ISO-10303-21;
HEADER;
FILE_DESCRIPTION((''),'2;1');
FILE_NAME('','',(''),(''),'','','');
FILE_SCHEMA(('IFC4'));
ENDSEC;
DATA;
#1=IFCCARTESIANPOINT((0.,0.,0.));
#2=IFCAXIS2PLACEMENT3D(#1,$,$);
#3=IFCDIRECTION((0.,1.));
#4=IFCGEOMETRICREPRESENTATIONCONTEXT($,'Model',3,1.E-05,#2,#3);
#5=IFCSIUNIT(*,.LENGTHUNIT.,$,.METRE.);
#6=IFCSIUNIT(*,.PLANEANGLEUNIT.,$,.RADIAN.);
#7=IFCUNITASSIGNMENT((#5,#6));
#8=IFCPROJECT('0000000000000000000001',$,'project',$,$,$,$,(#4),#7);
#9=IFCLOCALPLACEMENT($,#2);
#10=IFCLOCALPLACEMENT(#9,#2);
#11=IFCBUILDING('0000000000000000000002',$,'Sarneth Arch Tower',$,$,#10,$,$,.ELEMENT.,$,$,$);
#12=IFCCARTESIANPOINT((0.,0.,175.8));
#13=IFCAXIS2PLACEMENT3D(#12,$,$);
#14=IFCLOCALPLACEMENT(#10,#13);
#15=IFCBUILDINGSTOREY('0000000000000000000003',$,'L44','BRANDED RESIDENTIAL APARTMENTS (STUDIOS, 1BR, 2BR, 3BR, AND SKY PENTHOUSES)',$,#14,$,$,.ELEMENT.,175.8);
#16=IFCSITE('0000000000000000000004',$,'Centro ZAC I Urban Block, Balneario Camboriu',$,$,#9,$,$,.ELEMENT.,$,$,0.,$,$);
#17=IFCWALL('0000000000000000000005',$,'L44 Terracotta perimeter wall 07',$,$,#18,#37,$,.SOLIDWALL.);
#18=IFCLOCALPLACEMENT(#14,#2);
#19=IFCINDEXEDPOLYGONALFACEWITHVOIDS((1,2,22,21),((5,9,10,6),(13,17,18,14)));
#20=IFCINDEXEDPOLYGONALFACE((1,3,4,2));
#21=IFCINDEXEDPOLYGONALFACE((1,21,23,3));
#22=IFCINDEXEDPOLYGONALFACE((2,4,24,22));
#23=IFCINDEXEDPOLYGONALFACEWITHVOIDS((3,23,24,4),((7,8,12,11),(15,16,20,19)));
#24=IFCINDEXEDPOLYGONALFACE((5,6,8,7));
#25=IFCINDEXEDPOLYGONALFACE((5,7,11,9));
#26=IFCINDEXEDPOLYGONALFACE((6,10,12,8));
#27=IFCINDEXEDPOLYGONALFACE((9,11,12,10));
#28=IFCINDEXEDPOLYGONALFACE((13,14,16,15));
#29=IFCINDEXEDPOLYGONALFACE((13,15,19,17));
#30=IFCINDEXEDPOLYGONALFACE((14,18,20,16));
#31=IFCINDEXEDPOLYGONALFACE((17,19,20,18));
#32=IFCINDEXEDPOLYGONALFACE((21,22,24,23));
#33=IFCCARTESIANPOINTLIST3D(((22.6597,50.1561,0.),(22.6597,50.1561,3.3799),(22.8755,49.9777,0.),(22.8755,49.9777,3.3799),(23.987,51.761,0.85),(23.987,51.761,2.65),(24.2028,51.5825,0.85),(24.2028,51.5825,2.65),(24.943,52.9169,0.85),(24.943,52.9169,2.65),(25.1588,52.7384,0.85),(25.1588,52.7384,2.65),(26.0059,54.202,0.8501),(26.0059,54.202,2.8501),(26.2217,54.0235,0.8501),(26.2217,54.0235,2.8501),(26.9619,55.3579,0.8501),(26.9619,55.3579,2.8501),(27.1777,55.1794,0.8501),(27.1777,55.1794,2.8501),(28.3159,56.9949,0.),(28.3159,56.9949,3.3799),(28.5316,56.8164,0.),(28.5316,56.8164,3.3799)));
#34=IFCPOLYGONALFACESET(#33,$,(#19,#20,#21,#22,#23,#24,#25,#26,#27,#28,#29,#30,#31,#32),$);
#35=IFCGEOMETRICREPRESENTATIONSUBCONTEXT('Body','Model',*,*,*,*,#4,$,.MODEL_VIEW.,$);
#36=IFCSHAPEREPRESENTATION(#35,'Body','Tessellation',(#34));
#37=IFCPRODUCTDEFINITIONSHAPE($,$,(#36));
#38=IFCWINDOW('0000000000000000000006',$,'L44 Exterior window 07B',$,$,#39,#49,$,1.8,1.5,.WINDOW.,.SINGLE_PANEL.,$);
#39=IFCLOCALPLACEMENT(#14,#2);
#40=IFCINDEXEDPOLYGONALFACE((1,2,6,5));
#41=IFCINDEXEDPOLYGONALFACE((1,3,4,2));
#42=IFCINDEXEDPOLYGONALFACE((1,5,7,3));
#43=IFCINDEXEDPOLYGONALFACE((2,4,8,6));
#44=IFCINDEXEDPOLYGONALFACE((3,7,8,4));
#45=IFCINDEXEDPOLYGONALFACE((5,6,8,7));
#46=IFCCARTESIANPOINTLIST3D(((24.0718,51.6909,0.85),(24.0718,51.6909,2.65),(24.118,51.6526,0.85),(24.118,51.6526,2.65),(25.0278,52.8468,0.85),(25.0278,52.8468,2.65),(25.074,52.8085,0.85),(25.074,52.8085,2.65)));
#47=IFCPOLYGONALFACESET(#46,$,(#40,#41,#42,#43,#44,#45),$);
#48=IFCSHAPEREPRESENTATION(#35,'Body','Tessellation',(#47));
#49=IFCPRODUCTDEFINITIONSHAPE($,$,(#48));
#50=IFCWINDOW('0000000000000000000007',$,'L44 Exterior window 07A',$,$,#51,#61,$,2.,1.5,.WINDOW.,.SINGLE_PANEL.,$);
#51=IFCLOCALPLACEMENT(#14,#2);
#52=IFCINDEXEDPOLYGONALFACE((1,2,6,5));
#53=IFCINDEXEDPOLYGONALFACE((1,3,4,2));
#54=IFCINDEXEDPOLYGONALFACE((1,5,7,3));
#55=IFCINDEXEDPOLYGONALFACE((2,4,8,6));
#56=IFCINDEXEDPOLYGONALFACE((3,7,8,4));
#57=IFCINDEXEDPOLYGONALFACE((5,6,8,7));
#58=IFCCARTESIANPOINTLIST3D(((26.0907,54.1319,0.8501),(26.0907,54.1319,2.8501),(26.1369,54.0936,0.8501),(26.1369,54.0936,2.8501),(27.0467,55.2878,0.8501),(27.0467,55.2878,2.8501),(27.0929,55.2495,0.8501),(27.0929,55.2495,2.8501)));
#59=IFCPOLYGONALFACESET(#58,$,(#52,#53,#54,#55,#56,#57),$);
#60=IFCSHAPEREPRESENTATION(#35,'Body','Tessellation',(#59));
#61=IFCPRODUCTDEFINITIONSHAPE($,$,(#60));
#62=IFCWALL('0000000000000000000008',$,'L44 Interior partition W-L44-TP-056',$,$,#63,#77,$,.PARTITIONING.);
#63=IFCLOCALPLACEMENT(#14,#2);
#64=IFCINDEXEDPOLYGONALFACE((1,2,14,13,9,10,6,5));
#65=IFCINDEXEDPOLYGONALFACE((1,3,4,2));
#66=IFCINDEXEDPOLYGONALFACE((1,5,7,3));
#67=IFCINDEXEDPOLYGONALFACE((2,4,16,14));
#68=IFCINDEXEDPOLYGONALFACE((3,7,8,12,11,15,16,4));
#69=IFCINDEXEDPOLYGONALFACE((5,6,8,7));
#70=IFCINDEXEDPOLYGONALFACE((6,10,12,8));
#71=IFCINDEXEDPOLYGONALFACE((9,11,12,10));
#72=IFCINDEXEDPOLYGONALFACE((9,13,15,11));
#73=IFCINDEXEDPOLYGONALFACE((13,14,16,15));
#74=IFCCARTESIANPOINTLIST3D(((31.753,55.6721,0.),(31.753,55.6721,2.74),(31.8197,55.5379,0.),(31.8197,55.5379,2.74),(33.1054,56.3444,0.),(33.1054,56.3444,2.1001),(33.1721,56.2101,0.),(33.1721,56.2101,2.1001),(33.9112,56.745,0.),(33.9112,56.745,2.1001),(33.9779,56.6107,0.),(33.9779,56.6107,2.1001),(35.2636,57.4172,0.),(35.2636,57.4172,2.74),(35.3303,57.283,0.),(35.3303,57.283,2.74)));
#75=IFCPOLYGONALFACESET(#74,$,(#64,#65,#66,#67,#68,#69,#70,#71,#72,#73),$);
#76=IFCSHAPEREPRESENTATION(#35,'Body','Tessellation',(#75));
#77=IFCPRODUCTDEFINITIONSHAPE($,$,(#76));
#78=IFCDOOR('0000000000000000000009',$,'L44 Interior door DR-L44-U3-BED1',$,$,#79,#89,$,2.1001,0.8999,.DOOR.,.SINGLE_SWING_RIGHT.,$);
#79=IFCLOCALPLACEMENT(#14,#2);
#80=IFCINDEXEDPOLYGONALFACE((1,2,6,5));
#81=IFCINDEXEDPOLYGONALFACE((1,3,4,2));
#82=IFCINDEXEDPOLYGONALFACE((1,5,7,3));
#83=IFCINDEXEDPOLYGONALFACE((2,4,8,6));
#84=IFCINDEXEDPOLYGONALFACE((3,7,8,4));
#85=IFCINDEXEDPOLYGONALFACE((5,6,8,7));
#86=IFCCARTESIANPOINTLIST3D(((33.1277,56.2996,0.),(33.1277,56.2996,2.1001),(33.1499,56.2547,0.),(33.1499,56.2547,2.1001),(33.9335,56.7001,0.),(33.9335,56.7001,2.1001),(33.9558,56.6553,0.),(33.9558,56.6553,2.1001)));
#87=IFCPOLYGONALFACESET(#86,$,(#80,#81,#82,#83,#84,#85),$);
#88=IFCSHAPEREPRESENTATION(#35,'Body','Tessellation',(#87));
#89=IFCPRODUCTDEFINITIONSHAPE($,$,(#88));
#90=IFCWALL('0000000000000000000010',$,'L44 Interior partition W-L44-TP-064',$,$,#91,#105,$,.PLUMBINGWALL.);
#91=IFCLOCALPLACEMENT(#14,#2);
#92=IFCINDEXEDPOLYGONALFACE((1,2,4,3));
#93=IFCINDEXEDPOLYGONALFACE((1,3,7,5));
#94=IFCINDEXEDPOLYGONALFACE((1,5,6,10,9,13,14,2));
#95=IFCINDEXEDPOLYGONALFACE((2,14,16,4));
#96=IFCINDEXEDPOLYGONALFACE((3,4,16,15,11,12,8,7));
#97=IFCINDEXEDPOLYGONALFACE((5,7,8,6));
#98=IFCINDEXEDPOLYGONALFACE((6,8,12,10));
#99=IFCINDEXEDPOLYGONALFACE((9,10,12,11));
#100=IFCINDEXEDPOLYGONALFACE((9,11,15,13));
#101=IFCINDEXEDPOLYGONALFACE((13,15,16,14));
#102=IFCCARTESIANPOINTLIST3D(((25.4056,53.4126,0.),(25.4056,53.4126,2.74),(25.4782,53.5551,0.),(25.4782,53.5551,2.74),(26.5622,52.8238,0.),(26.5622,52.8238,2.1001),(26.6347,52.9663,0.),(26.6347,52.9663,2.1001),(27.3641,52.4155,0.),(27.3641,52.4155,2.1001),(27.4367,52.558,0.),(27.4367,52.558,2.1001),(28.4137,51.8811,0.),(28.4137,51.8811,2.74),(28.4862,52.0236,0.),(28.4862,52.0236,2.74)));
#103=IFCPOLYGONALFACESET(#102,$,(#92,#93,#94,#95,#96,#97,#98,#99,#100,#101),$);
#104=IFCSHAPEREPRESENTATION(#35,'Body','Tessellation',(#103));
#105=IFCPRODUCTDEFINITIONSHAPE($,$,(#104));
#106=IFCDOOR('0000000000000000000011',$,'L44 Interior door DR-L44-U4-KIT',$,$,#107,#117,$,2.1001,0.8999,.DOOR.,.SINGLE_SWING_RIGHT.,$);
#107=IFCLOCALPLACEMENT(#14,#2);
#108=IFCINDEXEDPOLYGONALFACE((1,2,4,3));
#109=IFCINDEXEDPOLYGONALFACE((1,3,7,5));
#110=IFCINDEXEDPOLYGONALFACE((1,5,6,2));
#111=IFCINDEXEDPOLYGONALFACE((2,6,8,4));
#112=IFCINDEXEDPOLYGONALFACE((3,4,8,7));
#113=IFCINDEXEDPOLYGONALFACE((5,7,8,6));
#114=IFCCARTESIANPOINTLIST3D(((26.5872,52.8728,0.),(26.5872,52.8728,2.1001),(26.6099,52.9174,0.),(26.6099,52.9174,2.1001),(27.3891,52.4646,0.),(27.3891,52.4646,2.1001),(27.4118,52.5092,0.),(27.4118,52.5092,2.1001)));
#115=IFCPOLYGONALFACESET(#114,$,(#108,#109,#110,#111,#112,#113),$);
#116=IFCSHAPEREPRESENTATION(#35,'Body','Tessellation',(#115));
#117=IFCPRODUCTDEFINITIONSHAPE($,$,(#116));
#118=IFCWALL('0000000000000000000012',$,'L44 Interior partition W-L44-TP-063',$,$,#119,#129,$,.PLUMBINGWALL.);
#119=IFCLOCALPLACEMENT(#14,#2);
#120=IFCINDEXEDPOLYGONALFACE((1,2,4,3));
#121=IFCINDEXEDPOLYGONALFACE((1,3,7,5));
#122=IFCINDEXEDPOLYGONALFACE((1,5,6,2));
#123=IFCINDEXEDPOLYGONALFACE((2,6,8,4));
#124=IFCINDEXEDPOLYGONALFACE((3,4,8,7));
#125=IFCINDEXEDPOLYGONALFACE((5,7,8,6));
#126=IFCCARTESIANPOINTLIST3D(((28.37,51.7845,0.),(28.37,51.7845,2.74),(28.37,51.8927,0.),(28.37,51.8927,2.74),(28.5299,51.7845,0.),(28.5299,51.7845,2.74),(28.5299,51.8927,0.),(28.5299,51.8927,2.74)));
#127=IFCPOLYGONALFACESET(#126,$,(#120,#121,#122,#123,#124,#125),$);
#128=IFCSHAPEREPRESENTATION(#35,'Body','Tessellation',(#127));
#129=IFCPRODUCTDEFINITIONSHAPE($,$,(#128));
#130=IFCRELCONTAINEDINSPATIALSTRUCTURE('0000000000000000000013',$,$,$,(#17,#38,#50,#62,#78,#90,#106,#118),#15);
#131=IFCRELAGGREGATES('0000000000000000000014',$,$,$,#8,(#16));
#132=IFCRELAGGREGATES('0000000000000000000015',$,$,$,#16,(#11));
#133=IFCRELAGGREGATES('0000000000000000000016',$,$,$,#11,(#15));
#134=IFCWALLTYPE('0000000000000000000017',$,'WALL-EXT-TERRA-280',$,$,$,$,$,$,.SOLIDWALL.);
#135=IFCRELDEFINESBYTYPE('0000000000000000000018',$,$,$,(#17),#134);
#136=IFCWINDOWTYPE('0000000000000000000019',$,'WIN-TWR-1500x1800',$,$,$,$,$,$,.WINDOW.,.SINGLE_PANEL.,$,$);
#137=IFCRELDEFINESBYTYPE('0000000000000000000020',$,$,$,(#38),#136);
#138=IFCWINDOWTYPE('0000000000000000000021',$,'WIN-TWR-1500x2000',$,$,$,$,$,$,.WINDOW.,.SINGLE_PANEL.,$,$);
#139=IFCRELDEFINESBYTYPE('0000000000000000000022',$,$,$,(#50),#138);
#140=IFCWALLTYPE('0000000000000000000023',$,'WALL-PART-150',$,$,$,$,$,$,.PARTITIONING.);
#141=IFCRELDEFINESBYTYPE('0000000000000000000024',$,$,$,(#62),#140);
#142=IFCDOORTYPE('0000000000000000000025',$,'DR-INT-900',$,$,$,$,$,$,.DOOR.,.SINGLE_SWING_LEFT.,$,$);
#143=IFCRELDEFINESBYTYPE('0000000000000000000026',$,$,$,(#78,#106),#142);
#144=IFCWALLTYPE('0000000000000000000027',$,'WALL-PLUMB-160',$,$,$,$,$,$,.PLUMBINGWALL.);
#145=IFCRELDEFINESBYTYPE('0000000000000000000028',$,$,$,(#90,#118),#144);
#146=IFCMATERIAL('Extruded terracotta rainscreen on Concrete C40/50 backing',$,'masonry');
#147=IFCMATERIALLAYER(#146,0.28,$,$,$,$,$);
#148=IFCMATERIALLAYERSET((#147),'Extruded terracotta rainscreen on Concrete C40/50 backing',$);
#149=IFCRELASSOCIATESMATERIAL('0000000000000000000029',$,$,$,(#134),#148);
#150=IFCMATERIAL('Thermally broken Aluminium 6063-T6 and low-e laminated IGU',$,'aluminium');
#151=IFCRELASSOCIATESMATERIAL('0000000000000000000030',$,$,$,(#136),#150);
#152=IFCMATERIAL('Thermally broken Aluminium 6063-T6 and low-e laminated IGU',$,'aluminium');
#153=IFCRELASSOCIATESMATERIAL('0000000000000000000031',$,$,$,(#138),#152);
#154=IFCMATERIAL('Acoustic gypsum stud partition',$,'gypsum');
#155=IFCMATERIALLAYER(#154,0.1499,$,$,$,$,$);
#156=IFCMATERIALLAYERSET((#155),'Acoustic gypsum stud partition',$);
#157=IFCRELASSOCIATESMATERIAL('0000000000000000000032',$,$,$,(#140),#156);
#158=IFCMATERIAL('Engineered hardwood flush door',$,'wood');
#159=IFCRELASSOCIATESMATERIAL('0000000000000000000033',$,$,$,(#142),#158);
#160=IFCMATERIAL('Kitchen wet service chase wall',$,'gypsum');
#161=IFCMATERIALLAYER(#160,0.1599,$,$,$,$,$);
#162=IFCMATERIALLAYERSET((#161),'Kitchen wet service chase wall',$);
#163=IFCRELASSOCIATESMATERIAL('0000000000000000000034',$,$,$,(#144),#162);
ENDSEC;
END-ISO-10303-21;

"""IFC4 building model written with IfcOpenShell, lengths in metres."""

from ifc_helpers import new_model, si_unit, direction, frame, frame_2d, origin, place, context, subcontext, project, spatial, rectangle, extrude, material, layer, layer_set, type_object, element, fill, save


model = new_model("IFC4")

# Units and contexts
model_context = context("Model", 3, precision=1e-05, world=origin(), true_north=direction((0.0, 1.0)))
body_context = subcontext(model_context, "Body", "Model", "MODEL_VIEW")
ifc_project = project(units=[si_unit("LENGTHUNIT", "METRE"), si_unit("PLANEANGLEUNIT", "RADIAN")], contexts=[model_context])

# Site, building, storey
site_placement = place(None, origin())
site = spatial("IfcSite", under=ifc_project, at=site_placement, Name="Centro ZAC I Urban Block, Balneario Camboriu", CompositionType="ELEMENT", RefElevation=0.0)
building_placement = place(site_placement, origin())
building = spatial("IfcBuilding", under=site, at=building_placement, Name="Sarneth Arch Tower", CompositionType="ELEMENT")
storey_placement = place(building_placement, frame((0.0, 0.0, 175.8)))
storey = spatial("IfcBuildingStorey", under=building, at=storey_placement, Name="L44", Description="BRANDED RESIDENTIAL APARTMENTS (STUDIOS, 1BR, 2BR, 3BR, AND SKY PENTHOUSES)", CompositionType="ELEMENT", Elevation=175.8)

# Wall, openings, windows
ifc_material_1 = material(Name="Extruded terracotta rainscreen on Concrete C40/50 backing", Category="masonry")
ifc_layer_1 = layer(ifc_material_1, 0.28)
ifc_layer_set_1 = layer_set([ifc_layer_1], Name="Extruded terracotta rainscreen on Concrete C40/50 backing")
wall_type_1 = type_object("IfcWallType", Name="WALL-EXT-TERRA-280", PredefinedType="SOLIDWALL", material=ifc_layer_set_1)
wall_1_placement = place(storey_placement, frame((28.4238, 56.9058, 0.0), z_axis=(0.0, 0.0, 1.0), x_axis=(-0.637333, -0.770588, 0.0)))
wall_1 = element("IfcWall", 1, at=wall_1_placement, inside=storey, type_object=wall_type_1, Name="L44 Terracotta perimeter wall 07", PredefinedType="SOLIDWALL", context=body_context, shape_type="SweptSolid", body=[
    extrude(rectangle(XDim=8.8748, YDim=0.28, at=frame_2d((4.4375, 0.0))), origin(), (0.0, 0.0, 1.0), 3.3799),
])
opening_1_placement = place(wall_1_placement, frame((2.1245, 0.0, 0.8501)))
opening_1 = element("IfcOpeningElement", 2, at=opening_1_placement, cuts=wall_1, PredefinedType="OPENING", context=body_context, shape_type="SweptSolid", body=[
    extrude(rectangle(XDim=1.5, YDim=2.0, at=frame_2d((0.75, 1.0))), frame((0.0, 0.1499, 0.0), z_axis=(0.0, -1.0, 0.0), x_axis=(1.0, 0.0, 0.0)), (0.0, 0.0, 1.0), 0.3),
])
opening_2_placement = place(wall_1_placement, frame((5.2922, 0.0, 0.8501)))
opening_2 = element("IfcOpeningElement", 3, at=opening_2_placement, cuts=wall_1, PredefinedType="OPENING", context=body_context, shape_type="SweptSolid", body=[
    extrude(rectangle(XDim=1.5, YDim=1.8, at=frame_2d((0.75, 0.8999))), frame((0.0, 0.1499, 0.0), z_axis=(0.0, -1.0, 0.0), x_axis=(1.0, 0.0, 0.0)), (0.0, 0.0, 1.0), 0.3),
])
ifc_material_2 = material(Name="Thermally broken Aluminium 6063-T6 and low-e laminated IGU", Category="aluminium")
window_type_1 = type_object("IfcWindowType", Name="WIN-TWR-1500x1800", PartitioningType="SINGLE_PANEL", PredefinedType="WINDOW", material=ifc_material_2)
window_1_placement = place(opening_2_placement, origin())
window_1 = element("IfcWindow", 4, at=window_1_placement, inside=storey, type_object=window_type_1, Name="L44 Exterior window 07B", OverallHeight=1.8, OverallWidth=1.5, PartitioningType="SINGLE_PANEL", PredefinedType="WINDOW", context=body_context, shape_type="SweptSolid", body=[
    extrude(rectangle(XDim=1.5, YDim=1.8, at=frame_2d((0.75, 0.8999))), frame((0.0, 0.03, 0.0), z_axis=(0.0, -1.0, 0.0), x_axis=(1.0, 0.0, 0.0)), (0.0, 0.0, 1.0), 0.0601),
])
fill(opening_2, window_1)
ifc_material_3 = material(Name="Thermally broken Aluminium 6063-T6 and low-e laminated IGU", Category="aluminium")
window_type_2 = type_object("IfcWindowType", Name="WIN-TWR-1500x2000", PartitioningType="SINGLE_PANEL", PredefinedType="WINDOW", material=ifc_material_3)
window_2_placement = place(opening_1_placement, origin())
window_2 = element("IfcWindow", 5, at=window_2_placement, inside=storey, type_object=window_type_2, Name="L44 Exterior window 07A", OverallHeight=2.0, OverallWidth=1.5, PartitioningType="SINGLE_PANEL", PredefinedType="WINDOW", context=body_context, shape_type="SweptSolid", body=[
    extrude(rectangle(XDim=1.5, YDim=2.0, at=frame_2d((0.75, 1.0))), frame((0.0, 0.03, 0.0), z_axis=(0.0, -1.0, 0.0), x_axis=(1.0, 0.0, 0.0)), (0.0, 0.0, 1.0), 0.0601),
])
fill(opening_1, window_2)

# Walls, openings, doors
ifc_material_4 = material(Name="Acoustic gypsum stud partition", Category="gypsum")
ifc_layer_2 = layer(ifc_material_4, 0.1499)
ifc_layer_set_2 = layer_set([ifc_layer_2], Name="Acoustic gypsum stud partition")
wall_type_2 = type_object("IfcWallType", Name="WALL-PART-150", PredefinedType="PARTITIONING", material=ifc_layer_set_2)
wall_2_placement = place(storey_placement, frame((31.7864, 55.605, 0.0), z_axis=(0.0, 0.0, 1.0), x_axis=(0.895459, 0.445145, 0.0)))
wall_2 = element("IfcWall", 6, at=wall_2_placement, inside=storey, type_object=wall_type_2, Name="L44 Interior partition W-L44-TP-056", PredefinedType="PARTITIONING", context=body_context, shape_type="SweptSolid", body=[
    extrude(rectangle(XDim=3.9204, YDim=0.1499, at=frame_2d((1.9602, 0.0))), origin(), (0.0, 0.0, 1.0), 2.74),
])
opening_3_placement = place(wall_2_placement, frame((1.5103, 0.0, 0.0)))
opening_3 = element("IfcOpeningElement", 7, at=opening_3_placement, cuts=wall_2, PredefinedType="OPENING", context=body_context, shape_type="SweptSolid", body=[
    extrude(rectangle(XDim=0.8999, YDim=2.1001, at=frame_2d((0.45, 1.05))), frame((0.0, 0.085, 0.0), z_axis=(0.0, -1.0, 0.0), x_axis=(1.0, 0.0, 0.0)), (0.0, 0.0, 1.0), 0.1699),
])
ifc_material_5 = material(Name="Engineered hardwood flush door", Category="wood")
door_type_1 = type_object("IfcDoorType", Name="DR-INT-900", OperationType="SINGLE_SWING_LEFT", PredefinedType="DOOR", material=ifc_material_5)
door_1_placement = place(opening_3_placement, origin())
door_1 = element("IfcDoor", 8, at=door_1_placement, inside=storey, type_object=door_type_1, Name="L44 Interior door DR-L44-U3-BED1", OperationType="SINGLE_SWING_RIGHT", OverallHeight=2.1001, OverallWidth=0.8999, PredefinedType="DOOR", context=body_context, shape_type="SweptSolid", body=[
    extrude(rectangle(XDim=0.8999, YDim=2.1001, at=frame_2d((0.45, 1.05))), frame((0.0, 0.0249, 0.0), z_axis=(0.0, -1.0, 0.0), x_axis=(1.0, 0.0, 0.0)), (0.0, 0.0, 1.0), 0.05),
])
fill(opening_3, door_1)
ifc_material_6 = material(Name="Kitchen wet service chase wall", Category="gypsum")
ifc_layer_3 = layer(ifc_material_6, 0.1599)
ifc_layer_set_3 = layer_set([ifc_layer_3], Name="Kitchen wet service chase wall")
wall_type_3 = type_object("IfcWallType", Name="WALL-PLUMB-160", PredefinedType="PLUMBINGWALL", material=ifc_layer_set_3)
wall_3_placement = place(storey_placement, frame((28.45, 51.9524, 0.0), z_axis=(0.0, 0.0, 1.0), x_axis=(-0.891149, 0.453711, 0.0)))
wall_3 = element("IfcWall", 9, at=wall_3_placement, inside=storey, type_object=wall_type_3, Name="L44 Interior partition W-L44-TP-064", PredefinedType="PLUMBINGWALL", context=body_context, shape_type="SweptSolid", body=[
    extrude(rectangle(XDim=3.3755, YDim=0.1599, at=frame_2d((1.6877, 0.0))), origin(), (0.0, 0.0, 1.0), 2.74),
])
opening_4_placement = place(wall_3_placement, frame((1.1777, 0.0, 0.0)))
opening_4 = element("IfcOpeningElement", 10, at=opening_4_placement, cuts=wall_3, PredefinedType="OPENING", context=body_context, shape_type="SweptSolid", body=[
    extrude(rectangle(XDim=0.8999, YDim=2.1001, at=frame_2d((0.45, 1.05))), frame((0.0, 0.0898, 0.0), z_axis=(0.0, -1.0, 0.0), x_axis=(1.0, 0.0, 0.0)), (0.0, 0.0, 1.0), 0.1799),
])
door_2_placement = place(opening_4_placement, origin())
door_2 = element("IfcDoor", 11, at=door_2_placement, inside=storey, type_object=door_type_1, Name="L44 Interior door DR-L44-U4-KIT", OperationType="SINGLE_SWING_RIGHT", OverallHeight=2.1001, OverallWidth=0.8999, PredefinedType="DOOR", context=body_context, shape_type="SweptSolid", body=[
    extrude(rectangle(XDim=0.8999, YDim=2.1001, at=frame_2d((0.45, 1.05))), frame((0.0, 0.0249, 0.0), z_axis=(0.0, -1.0, 0.0), x_axis=(1.0, 0.0, 0.0)), (0.0, 0.0, 1.0), 0.05),
])
fill(opening_4, door_2)

# Wall
wall_4_placement = place(storey_placement, frame((28.45, 51.7844, 0.0), z_axis=(0.0, 0.0, 1.0), x_axis=(0.0, 1.0, 0.0)))
element("IfcWall", 12, at=wall_4_placement, inside=storey, type_object=wall_type_3, Name="L44 Interior partition W-L44-TP-063", PredefinedType="PLUMBINGWALL", context=body_context, shape_type="SweptSolid", body=[
    extrude(rectangle(XDim=0.1082, YDim=0.1599, at=frame_2d((0.0542, 0.0))), origin(), (0.0, 0.0, 1.0), 2.74),
])

save(model, "model.ifc")
